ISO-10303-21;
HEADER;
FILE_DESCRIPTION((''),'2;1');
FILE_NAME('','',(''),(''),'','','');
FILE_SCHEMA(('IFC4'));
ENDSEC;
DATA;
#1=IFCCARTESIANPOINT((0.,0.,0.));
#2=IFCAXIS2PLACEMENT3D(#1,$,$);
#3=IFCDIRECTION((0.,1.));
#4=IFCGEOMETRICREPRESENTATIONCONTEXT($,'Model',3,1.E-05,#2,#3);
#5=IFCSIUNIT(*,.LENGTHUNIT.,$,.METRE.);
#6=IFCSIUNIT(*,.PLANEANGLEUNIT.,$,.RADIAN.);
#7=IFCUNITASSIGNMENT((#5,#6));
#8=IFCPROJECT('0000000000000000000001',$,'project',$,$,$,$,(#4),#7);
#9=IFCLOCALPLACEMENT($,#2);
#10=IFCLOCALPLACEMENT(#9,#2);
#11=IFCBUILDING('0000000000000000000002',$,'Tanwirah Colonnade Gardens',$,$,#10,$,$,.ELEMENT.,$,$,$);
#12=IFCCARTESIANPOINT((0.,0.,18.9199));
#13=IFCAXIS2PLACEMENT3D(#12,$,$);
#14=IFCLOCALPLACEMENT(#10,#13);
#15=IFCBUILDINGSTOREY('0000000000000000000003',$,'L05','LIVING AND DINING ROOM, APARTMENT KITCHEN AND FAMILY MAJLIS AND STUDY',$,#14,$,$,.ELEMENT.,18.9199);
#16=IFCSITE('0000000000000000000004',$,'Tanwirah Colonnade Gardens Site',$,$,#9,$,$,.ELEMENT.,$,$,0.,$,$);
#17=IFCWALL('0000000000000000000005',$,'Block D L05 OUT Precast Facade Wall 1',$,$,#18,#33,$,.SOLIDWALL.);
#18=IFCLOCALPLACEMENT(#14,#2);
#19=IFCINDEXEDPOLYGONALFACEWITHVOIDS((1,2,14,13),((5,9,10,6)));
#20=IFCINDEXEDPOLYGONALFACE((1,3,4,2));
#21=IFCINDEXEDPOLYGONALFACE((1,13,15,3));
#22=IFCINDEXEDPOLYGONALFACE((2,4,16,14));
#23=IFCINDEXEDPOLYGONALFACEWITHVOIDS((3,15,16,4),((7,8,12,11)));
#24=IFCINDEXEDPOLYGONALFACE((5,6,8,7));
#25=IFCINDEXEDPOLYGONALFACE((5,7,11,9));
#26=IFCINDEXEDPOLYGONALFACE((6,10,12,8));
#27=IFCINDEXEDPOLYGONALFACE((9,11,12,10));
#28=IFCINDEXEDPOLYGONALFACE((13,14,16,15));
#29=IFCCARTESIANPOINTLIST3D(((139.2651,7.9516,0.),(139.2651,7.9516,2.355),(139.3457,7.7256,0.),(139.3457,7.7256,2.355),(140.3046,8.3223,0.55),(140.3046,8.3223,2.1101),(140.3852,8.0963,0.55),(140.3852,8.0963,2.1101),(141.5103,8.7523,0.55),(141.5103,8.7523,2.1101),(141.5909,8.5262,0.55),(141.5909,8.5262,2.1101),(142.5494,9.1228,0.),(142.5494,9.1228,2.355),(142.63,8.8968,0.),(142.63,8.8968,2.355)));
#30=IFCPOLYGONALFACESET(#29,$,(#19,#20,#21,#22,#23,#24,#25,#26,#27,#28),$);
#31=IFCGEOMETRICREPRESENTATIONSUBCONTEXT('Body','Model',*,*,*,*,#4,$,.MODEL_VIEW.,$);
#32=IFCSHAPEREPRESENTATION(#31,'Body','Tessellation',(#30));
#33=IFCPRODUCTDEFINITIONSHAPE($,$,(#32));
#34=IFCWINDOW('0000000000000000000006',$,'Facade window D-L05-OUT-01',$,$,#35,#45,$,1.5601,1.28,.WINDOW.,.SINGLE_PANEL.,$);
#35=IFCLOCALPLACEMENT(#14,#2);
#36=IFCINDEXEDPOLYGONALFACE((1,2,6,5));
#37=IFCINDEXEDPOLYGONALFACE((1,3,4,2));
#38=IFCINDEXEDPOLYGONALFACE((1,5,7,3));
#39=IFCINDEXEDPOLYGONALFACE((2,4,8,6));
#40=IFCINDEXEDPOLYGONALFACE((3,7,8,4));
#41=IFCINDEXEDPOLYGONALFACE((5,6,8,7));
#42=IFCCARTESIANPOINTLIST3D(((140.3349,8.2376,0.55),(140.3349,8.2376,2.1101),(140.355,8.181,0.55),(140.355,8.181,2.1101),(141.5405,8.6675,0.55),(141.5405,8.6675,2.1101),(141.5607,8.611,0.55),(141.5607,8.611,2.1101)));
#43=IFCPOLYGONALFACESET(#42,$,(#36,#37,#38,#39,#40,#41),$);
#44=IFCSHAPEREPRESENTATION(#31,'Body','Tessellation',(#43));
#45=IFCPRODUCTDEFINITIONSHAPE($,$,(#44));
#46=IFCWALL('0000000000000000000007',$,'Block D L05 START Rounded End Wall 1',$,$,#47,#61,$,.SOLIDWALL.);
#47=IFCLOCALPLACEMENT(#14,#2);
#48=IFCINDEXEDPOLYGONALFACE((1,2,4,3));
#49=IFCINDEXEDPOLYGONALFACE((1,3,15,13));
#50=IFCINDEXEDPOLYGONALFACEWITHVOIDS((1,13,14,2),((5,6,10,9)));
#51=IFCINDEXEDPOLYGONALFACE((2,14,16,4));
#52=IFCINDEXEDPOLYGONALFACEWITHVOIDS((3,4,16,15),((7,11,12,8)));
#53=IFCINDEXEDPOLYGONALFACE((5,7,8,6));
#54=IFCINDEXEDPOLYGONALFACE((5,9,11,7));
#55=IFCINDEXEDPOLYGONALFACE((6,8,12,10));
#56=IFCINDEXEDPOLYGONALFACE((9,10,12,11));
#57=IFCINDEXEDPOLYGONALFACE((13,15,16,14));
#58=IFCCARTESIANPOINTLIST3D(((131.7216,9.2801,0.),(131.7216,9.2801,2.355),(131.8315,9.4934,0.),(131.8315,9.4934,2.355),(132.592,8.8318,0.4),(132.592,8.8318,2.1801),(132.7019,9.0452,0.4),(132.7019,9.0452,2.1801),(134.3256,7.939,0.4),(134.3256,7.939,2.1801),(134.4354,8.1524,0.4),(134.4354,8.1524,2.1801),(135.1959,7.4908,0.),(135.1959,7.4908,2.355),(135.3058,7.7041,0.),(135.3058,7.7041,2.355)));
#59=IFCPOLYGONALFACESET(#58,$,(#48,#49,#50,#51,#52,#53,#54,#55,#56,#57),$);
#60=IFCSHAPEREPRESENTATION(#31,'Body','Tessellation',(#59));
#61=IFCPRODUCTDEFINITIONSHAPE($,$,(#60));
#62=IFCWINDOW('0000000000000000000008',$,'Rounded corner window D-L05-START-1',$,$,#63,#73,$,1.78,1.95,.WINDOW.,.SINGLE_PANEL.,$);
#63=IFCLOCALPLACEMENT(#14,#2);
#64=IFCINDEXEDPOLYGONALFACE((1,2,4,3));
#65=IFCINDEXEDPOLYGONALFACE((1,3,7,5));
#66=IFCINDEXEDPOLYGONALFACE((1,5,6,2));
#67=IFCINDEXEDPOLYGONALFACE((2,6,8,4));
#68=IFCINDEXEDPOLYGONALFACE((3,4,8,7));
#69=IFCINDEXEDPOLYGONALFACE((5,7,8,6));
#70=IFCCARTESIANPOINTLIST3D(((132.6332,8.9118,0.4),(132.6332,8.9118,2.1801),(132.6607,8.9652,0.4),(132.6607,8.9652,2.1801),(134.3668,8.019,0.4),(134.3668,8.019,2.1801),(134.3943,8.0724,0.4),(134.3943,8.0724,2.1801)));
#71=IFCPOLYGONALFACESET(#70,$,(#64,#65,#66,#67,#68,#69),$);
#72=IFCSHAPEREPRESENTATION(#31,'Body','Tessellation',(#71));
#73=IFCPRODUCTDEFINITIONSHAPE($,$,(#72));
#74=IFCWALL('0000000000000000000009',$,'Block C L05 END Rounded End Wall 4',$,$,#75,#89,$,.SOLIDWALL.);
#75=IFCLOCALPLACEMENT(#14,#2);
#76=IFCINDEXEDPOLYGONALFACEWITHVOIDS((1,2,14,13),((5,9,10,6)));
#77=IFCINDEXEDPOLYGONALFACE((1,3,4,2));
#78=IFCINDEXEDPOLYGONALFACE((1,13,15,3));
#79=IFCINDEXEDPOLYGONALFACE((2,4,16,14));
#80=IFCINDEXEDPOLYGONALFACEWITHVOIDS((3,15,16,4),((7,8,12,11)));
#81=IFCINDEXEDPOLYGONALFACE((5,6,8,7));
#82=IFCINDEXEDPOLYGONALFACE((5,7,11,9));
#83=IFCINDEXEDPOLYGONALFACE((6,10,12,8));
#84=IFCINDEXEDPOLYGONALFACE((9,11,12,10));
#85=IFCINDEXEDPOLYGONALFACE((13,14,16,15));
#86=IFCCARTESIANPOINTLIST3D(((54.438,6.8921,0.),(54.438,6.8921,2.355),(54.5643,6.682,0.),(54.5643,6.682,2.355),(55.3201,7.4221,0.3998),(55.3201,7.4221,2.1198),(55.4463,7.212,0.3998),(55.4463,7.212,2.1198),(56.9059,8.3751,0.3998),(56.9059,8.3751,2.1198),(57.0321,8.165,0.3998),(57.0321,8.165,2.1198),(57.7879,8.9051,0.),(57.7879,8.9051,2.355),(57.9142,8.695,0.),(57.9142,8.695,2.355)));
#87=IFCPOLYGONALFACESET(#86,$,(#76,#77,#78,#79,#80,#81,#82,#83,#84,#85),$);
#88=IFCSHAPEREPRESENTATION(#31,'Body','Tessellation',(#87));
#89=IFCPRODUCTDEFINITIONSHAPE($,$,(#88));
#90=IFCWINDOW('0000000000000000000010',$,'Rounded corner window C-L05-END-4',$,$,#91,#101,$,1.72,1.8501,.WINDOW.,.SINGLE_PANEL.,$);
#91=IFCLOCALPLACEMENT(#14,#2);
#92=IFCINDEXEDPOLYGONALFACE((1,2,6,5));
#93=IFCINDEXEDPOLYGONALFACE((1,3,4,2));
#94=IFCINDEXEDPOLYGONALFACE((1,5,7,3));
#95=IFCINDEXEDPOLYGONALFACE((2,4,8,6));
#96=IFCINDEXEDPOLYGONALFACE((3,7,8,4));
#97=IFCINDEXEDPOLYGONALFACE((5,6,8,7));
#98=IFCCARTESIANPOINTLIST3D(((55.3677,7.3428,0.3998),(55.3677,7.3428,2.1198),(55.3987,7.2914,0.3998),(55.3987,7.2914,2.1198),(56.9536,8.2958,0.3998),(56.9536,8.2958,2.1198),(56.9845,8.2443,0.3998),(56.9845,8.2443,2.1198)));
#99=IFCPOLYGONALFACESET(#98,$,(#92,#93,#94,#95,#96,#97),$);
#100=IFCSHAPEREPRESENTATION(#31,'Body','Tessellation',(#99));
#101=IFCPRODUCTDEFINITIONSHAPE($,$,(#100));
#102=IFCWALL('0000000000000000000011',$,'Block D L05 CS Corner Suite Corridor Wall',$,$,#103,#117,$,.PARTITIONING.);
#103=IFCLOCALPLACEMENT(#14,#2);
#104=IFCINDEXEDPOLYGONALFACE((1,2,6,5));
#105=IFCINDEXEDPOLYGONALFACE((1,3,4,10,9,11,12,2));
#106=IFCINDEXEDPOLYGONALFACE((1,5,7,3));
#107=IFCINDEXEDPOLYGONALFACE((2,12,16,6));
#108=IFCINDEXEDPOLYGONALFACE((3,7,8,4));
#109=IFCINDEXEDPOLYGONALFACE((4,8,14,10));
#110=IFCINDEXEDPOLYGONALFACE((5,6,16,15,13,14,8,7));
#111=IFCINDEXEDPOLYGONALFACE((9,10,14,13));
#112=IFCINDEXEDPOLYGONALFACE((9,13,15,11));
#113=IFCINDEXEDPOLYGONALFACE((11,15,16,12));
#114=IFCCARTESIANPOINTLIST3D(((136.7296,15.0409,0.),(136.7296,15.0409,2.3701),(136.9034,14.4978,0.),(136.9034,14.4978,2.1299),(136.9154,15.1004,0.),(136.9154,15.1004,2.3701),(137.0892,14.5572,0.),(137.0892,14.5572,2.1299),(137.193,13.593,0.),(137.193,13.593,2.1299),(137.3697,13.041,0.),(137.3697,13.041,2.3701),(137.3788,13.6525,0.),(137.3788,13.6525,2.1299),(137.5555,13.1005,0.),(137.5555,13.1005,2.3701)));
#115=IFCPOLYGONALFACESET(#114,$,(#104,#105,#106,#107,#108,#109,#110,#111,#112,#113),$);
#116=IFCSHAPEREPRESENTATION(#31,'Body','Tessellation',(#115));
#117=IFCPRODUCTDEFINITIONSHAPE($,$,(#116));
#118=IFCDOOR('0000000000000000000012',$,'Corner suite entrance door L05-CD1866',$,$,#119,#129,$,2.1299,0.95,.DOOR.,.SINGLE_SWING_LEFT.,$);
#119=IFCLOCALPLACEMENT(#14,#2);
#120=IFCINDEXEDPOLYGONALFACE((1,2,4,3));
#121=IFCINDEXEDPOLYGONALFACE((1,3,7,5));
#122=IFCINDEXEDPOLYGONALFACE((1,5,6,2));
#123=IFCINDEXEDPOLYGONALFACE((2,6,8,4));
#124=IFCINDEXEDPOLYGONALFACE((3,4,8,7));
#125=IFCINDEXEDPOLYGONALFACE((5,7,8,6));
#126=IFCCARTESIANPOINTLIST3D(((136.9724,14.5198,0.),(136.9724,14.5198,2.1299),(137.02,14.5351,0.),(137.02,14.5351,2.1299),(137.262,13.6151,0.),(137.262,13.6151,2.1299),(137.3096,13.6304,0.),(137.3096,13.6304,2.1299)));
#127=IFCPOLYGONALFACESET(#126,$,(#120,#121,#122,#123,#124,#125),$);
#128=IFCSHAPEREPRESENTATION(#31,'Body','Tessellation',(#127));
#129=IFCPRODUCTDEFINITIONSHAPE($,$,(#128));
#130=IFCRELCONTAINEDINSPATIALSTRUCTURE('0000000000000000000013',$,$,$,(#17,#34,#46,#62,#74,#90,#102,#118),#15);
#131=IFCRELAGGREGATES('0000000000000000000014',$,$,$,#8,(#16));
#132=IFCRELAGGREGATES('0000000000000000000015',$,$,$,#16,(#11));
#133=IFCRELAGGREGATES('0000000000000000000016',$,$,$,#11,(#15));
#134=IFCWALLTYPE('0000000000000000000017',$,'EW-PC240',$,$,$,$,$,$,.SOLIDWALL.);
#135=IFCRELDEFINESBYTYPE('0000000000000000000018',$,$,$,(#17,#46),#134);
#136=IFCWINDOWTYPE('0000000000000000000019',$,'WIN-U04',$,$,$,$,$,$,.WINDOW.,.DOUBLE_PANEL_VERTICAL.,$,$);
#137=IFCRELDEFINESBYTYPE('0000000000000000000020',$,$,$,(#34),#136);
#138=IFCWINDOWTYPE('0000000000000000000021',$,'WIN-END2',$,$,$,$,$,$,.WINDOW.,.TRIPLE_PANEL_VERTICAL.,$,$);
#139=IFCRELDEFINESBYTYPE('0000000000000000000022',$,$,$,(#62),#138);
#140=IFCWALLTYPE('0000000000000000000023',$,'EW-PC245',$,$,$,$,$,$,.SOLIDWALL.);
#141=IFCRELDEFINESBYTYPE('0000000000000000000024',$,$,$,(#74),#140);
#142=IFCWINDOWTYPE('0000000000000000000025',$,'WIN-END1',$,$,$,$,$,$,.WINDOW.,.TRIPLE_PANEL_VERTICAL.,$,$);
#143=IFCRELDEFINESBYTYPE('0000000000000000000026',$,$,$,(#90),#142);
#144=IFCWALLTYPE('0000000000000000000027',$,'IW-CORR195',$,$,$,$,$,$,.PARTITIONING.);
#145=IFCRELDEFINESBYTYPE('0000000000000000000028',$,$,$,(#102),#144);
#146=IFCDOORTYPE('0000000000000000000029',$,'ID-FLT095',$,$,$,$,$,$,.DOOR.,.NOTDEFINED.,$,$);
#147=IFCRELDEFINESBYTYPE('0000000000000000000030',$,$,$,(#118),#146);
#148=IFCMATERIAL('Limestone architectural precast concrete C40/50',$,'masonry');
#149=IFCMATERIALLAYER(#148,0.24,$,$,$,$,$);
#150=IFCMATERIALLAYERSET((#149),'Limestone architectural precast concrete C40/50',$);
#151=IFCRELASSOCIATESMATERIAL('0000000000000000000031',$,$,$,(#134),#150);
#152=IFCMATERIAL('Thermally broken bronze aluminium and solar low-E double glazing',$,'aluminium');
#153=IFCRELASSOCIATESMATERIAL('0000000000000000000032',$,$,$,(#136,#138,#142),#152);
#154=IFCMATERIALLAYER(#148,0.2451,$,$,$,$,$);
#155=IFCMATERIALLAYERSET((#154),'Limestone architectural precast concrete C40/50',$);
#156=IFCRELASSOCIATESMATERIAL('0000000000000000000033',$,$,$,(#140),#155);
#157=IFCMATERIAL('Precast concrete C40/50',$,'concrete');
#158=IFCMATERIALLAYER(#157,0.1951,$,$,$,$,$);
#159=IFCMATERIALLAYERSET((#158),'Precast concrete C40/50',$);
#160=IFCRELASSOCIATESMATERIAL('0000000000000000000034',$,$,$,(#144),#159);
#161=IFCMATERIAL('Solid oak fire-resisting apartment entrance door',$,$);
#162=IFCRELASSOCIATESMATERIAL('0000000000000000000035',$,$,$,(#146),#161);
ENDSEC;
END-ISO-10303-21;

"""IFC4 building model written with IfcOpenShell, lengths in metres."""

from ifc_helpers import new_model, si_unit, direction, frame, frame_2d, origin, place, context, subcontext, project, spatial, rectangle, extrude, material, layer, layer_set, type_object, element, fill, save


model = new_model("IFC4")

# Units and contexts
model_context = context("Model", 3, precision=1e-05, world=origin(), true_north=direction((0.0, 1.0)))
body_context = subcontext(model_context, "Body", "Model", "MODEL_VIEW")
ifc_project = project(units=[si_unit("LENGTHUNIT", "METRE"), si_unit("PLANEANGLEUNIT", "RADIAN")], contexts=[model_context])

# Site, building, storey
site_placement = place(None, origin())
site = spatial("IfcSite", under=ifc_project, at=site_placement, Name="Tanwirah Colonnade Gardens Site", CompositionType="ELEMENT", RefElevation=0.0)
building_placement = place(site_placement, origin())
building = spatial("IfcBuilding", under=site, at=building_placement, Name="Tanwirah Colonnade Gardens", CompositionType="ELEMENT")
storey_placement = place(building_placement, frame((0.0, 0.0, 18.9199)))
storey = spatial("IfcBuildingStorey", under=building, at=storey_placement, Name="L05", Description="LIVING AND DINING ROOM, APARTMENT KITCHEN AND FAMILY MAJLIS AND STUDY", CompositionType="ELEMENT", Elevation=18.9199)

# Shared definitions
ifc_material_1 = material(Name="Precast concrete C40/50", Category="concrete")

# Walls, openings, windows
ifc_material_2 = material(Name="Limestone architectural precast concrete C40/50", Category="masonry")
ifc_layer_1 = layer(ifc_material_2, 0.24)
ifc_layer_set_1 = layer_set([ifc_layer_1], Name="Limestone architectural precast concrete C40/50")
wall_type_1 = type_object("IfcWallType", Name="EW-PC240", PredefinedType="SOLIDWALL", material=ifc_layer_set_1)
wall_1_placement = place(storey_placement, frame((139.3054, 7.8386, 0.0), z_axis=(0.0, 0.0, 1.0), x_axis=(0.941903, 0.335884, 0.0)))
wall_1 = element("IfcWall", 1, at=wall_1_placement, inside=storey, type_object=wall_type_1, Name="Block D L05 OUT Precast Facade Wall 1", PredefinedType="SOLIDWALL", context=body_context, shape_type="SweptSolid", body=[
    extrude(rectangle(XDim=3.4868, YDim=0.24, at=frame_2d((1.7434, 0.0))), origin(), (0.0, 0.0, 1.0), 2.355),
])
opening_1_placement = place(wall_1_placement, frame((1.1035, 0.0, 0.55)))
opening_1 = element("IfcOpeningElement", 2, at=opening_1_placement, cuts=wall_1, PredefinedType="OPENING", context=body_context, shape_type="SweptSolid", body=[
    extrude(rectangle(XDim=1.28, YDim=1.5601, at=frame_2d((0.6401, 0.78))), frame((0.0, 0.1299, 0.0), z_axis=(0.0, -1.0, 0.0), x_axis=(1.0, 0.0, 0.0)), (0.0, 0.0, 1.0), 0.26),
])
ifc_material_3 = material(Name="Thermally broken bronze aluminium and solar low-E double glazing", Category="aluminium")
window_type_1 = type_object("IfcWindowType", Name="WIN-U04", PartitioningType="DOUBLE_PANEL_VERTICAL", PredefinedType="WINDOW", material=ifc_material_3)
window_1_placement = place(opening_1_placement, origin())
window_1 = element("IfcWindow", 3, at=window_1_placement, inside=storey, type_object=window_type_1, Name="Facade window D-L05-OUT-01", OverallHeight=1.5601, OverallWidth=1.28, PartitioningType="SINGLE_PANEL", PredefinedType="WINDOW", context=body_context, shape_type="SweptSolid", body=[
    extrude(rectangle(XDim=1.28, YDim=1.5601, at=frame_2d((0.6401, 0.78))), frame((0.0, 0.03, 0.0), z_axis=(0.0, -1.0, 0.0), x_axis=(1.0, 0.0, 0.0)), (0.0, 0.0, 1.0), 0.0601),
])
fill(opening_1, window_1)
wall_2_placement = place(storey_placement, frame((135.251, 7.5974, 0.0), z_axis=(0.0, 0.0, 1.0), x_axis=(-0.889028, 0.457852, 0.0)))
wall_2 = element("IfcWall", 4, at=wall_2_placement, inside=storey, type_object=wall_type_1, Name="Block D L05 START Rounded End Wall 1", PredefinedType="SOLIDWALL", context=body_context, shape_type="SweptSolid", body=[
    extrude(rectangle(XDim=3.908, YDim=0.24, at=frame_2d((1.9541, 0.0))), origin(), (0.0, 0.0, 1.0), 2.355),
])
opening_2_placement = place(wall_2_placement, frame((0.979, 0.0, 0.3999)))
opening_2 = element("IfcOpeningElement", 5, at=opening_2_placement, cuts=wall_2, PredefinedType="OPENING", context=body_context, shape_type="SweptSolid", body=[
    extrude(rectangle(XDim=1.95, YDim=1.78, at=frame_2d((0.9751, 0.8901))), frame((0.0, 0.1299, 0.0), z_axis=(0.0, -1.0, 0.0), x_axis=(1.0, 0.0, 0.0)), (0.0, 0.0, 1.0), 0.26),
])
window_type_2 = type_object("IfcWindowType", Name="WIN-END2", PartitioningType="TRIPLE_PANEL_VERTICAL", PredefinedType="WINDOW", material=ifc_material_3)
window_2_placement = place(opening_2_placement, origin())
window_2 = element("IfcWindow", 6, at=window_2_placement, inside=storey, type_object=window_type_2, Name="Rounded corner window D-L05-START-1", OverallHeight=1.78, OverallWidth=1.95, PartitioningType="SINGLE_PANEL", PredefinedType="WINDOW", context=body_context, shape_type="SweptSolid", body=[
    extrude(rectangle(XDim=1.95, YDim=1.78, at=frame_2d((0.9751, 0.8901))), frame((0.0, 0.03, 0.0), z_axis=(0.0, -1.0, 0.0), x_axis=(1.0, 0.0, 0.0)), (0.0, 0.0, 1.0), 0.0601),
])
fill(opening_2, window_2)

# Wall, opening, window
ifc_layer_2 = layer(ifc_material_2, 0.2451)
ifc_layer_set_2 = layer_set([ifc_layer_2], Name="Limestone architectural precast concrete C40/50")
wall_type_2 = type_object("IfcWallType", Name="EW-PC245", PredefinedType="SOLIDWALL", material=ifc_layer_set_2)
wall_3_placement = place(storey_placement, frame((57.8511, 8.8, 0.0), z_axis=(0.0, 0.0, 1.0), x_axis=(-0.857151, -0.515065, 0.0)))
wall_3 = element("IfcWall", 7, at=wall_3_placement, inside=storey, type_object=wall_type_2, Name="Block C L05 END Rounded End Wall 4", PredefinedType="SOLIDWALL", context=body_context, shape_type="SweptSolid", body=[
    extrude(rectangle(XDim=3.9082, YDim=0.2451, at=frame_2d((1.9541, 0.0))), origin(), (0.0, 0.0, 1.0), 2.355),
])
opening_3_placement = place(wall_3_placement, frame((1.0291, 0.0, 0.3999)))
opening_3 = element("IfcOpeningElement", 8, at=opening_3_placement, cuts=wall_3, PredefinedType="OPENING", context=body_context, shape_type="SweptSolid", body=[
    extrude(rectangle(XDim=1.8501, YDim=1.72, at=frame_2d((0.925, 0.8599))), frame((0.0, 0.1326, 0.0), z_axis=(0.0, -1.0, 0.0), x_axis=(1.0, 0.0, 0.0)), (0.0, 0.0, 1.0), 0.2651),
])
window_type_3 = type_object("IfcWindowType", Name="WIN-END1", PartitioningType="TRIPLE_PANEL_VERTICAL", PredefinedType="WINDOW", material=ifc_material_3)
window_3_placement = place(opening_3_placement, origin())
window_3 = element("IfcWindow", 9, at=window_3_placement, inside=storey, type_object=window_type_3, Name="Rounded corner window C-L05-END-4", OverallHeight=1.72, OverallWidth=1.8501, PartitioningType="SINGLE_PANEL", PredefinedType="WINDOW", context=body_context, shape_type="SweptSolid", body=[
    extrude(rectangle(XDim=1.8501, YDim=1.72, at=frame_2d((0.925, 0.8599))), frame((0.0, 0.03, 0.0), z_axis=(0.0, -1.0, 0.0), x_axis=(1.0, 0.0, 0.0)), (0.0, 0.0, 1.0), 0.0601),
])
fill(opening_3, window_3)

# Wall, opening, door
ifc_layer_3 = layer(ifc_material_1, 0.1951)
ifc_layer_set_3 = layer_set([ifc_layer_3], Name="Precast concrete C40/50")
wall_type_3 = type_object("IfcWallType", Name="IW-CORR195", PredefinedType="PARTITIONING", material=ifc_layer_set_3)
ifc_material_4 = material(Name="Solid oak fire-resisting apartment entrance door")
wall_4_placement = place(storey_placement, frame((136.8225, 15.0706, 0.0), z_axis=(0.0, 0.0, 1.0), x_axis=(0.304835, -0.952405, 0.0)))
wall_4 = element("IfcWall", 10, at=wall_4_placement, inside=storey, type_object=wall_type_3, Name="Block D L05 CS Corner Suite Corridor Wall", PredefinedType="PARTITIONING", context=body_context, shape_type="SweptSolid", body=[
    extrude(rectangle(XDim=2.0999, YDim=0.1951, at=frame_2d((1.0498, 0.0))), origin(), (0.0, 0.0, 1.0), 2.3701),
])
opening_4_placement = place(wall_4_placement, frame((0.5701, 0.0, 0.0)))
opening_4 = element("IfcOpeningElement", 11, at=opening_4_placement, cuts=wall_4, PredefinedType="OPENING", context=body_context, shape_type="SweptSolid", body=[
    extrude(rectangle(XDim=0.95, YDim=2.1299, at=frame_2d((0.4751, 1.0649))), frame((0.0, 0.1074, 0.0), z_axis=(0.0, -1.0, 0.0), x_axis=(1.0, 0.0, 0.0)), (0.0, 0.0, 1.0), 0.2151),
])
door_type_1 = type_object("IfcDoorType", Name="ID-FLT095", OperationType="NOTDEFINED", PredefinedType="DOOR", material=ifc_material_4)
door_1_placement = place(opening_4_placement, origin())
door_1 = element("IfcDoor", 12, at=door_1_placement, inside=storey, type_object=door_type_1, Name="Corner suite entrance door L05-CD1866", OperationType="SINGLE_SWING_LEFT", OverallHeight=2.1299, OverallWidth=0.95, PredefinedType="DOOR", context=body_context, shape_type="SweptSolid", body=[
    extrude(rectangle(XDim=0.95, YDim=2.1299, at=frame_2d((0.4751, 1.0649))), frame((0.0, 0.0249, 0.0), z_axis=(0.0, -1.0, 0.0), x_axis=(1.0, 0.0, 0.0)), (0.0, 0.0, 1.0), 0.05),
])
fill(opening_4, door_1)

save(model, "model.ifc")
